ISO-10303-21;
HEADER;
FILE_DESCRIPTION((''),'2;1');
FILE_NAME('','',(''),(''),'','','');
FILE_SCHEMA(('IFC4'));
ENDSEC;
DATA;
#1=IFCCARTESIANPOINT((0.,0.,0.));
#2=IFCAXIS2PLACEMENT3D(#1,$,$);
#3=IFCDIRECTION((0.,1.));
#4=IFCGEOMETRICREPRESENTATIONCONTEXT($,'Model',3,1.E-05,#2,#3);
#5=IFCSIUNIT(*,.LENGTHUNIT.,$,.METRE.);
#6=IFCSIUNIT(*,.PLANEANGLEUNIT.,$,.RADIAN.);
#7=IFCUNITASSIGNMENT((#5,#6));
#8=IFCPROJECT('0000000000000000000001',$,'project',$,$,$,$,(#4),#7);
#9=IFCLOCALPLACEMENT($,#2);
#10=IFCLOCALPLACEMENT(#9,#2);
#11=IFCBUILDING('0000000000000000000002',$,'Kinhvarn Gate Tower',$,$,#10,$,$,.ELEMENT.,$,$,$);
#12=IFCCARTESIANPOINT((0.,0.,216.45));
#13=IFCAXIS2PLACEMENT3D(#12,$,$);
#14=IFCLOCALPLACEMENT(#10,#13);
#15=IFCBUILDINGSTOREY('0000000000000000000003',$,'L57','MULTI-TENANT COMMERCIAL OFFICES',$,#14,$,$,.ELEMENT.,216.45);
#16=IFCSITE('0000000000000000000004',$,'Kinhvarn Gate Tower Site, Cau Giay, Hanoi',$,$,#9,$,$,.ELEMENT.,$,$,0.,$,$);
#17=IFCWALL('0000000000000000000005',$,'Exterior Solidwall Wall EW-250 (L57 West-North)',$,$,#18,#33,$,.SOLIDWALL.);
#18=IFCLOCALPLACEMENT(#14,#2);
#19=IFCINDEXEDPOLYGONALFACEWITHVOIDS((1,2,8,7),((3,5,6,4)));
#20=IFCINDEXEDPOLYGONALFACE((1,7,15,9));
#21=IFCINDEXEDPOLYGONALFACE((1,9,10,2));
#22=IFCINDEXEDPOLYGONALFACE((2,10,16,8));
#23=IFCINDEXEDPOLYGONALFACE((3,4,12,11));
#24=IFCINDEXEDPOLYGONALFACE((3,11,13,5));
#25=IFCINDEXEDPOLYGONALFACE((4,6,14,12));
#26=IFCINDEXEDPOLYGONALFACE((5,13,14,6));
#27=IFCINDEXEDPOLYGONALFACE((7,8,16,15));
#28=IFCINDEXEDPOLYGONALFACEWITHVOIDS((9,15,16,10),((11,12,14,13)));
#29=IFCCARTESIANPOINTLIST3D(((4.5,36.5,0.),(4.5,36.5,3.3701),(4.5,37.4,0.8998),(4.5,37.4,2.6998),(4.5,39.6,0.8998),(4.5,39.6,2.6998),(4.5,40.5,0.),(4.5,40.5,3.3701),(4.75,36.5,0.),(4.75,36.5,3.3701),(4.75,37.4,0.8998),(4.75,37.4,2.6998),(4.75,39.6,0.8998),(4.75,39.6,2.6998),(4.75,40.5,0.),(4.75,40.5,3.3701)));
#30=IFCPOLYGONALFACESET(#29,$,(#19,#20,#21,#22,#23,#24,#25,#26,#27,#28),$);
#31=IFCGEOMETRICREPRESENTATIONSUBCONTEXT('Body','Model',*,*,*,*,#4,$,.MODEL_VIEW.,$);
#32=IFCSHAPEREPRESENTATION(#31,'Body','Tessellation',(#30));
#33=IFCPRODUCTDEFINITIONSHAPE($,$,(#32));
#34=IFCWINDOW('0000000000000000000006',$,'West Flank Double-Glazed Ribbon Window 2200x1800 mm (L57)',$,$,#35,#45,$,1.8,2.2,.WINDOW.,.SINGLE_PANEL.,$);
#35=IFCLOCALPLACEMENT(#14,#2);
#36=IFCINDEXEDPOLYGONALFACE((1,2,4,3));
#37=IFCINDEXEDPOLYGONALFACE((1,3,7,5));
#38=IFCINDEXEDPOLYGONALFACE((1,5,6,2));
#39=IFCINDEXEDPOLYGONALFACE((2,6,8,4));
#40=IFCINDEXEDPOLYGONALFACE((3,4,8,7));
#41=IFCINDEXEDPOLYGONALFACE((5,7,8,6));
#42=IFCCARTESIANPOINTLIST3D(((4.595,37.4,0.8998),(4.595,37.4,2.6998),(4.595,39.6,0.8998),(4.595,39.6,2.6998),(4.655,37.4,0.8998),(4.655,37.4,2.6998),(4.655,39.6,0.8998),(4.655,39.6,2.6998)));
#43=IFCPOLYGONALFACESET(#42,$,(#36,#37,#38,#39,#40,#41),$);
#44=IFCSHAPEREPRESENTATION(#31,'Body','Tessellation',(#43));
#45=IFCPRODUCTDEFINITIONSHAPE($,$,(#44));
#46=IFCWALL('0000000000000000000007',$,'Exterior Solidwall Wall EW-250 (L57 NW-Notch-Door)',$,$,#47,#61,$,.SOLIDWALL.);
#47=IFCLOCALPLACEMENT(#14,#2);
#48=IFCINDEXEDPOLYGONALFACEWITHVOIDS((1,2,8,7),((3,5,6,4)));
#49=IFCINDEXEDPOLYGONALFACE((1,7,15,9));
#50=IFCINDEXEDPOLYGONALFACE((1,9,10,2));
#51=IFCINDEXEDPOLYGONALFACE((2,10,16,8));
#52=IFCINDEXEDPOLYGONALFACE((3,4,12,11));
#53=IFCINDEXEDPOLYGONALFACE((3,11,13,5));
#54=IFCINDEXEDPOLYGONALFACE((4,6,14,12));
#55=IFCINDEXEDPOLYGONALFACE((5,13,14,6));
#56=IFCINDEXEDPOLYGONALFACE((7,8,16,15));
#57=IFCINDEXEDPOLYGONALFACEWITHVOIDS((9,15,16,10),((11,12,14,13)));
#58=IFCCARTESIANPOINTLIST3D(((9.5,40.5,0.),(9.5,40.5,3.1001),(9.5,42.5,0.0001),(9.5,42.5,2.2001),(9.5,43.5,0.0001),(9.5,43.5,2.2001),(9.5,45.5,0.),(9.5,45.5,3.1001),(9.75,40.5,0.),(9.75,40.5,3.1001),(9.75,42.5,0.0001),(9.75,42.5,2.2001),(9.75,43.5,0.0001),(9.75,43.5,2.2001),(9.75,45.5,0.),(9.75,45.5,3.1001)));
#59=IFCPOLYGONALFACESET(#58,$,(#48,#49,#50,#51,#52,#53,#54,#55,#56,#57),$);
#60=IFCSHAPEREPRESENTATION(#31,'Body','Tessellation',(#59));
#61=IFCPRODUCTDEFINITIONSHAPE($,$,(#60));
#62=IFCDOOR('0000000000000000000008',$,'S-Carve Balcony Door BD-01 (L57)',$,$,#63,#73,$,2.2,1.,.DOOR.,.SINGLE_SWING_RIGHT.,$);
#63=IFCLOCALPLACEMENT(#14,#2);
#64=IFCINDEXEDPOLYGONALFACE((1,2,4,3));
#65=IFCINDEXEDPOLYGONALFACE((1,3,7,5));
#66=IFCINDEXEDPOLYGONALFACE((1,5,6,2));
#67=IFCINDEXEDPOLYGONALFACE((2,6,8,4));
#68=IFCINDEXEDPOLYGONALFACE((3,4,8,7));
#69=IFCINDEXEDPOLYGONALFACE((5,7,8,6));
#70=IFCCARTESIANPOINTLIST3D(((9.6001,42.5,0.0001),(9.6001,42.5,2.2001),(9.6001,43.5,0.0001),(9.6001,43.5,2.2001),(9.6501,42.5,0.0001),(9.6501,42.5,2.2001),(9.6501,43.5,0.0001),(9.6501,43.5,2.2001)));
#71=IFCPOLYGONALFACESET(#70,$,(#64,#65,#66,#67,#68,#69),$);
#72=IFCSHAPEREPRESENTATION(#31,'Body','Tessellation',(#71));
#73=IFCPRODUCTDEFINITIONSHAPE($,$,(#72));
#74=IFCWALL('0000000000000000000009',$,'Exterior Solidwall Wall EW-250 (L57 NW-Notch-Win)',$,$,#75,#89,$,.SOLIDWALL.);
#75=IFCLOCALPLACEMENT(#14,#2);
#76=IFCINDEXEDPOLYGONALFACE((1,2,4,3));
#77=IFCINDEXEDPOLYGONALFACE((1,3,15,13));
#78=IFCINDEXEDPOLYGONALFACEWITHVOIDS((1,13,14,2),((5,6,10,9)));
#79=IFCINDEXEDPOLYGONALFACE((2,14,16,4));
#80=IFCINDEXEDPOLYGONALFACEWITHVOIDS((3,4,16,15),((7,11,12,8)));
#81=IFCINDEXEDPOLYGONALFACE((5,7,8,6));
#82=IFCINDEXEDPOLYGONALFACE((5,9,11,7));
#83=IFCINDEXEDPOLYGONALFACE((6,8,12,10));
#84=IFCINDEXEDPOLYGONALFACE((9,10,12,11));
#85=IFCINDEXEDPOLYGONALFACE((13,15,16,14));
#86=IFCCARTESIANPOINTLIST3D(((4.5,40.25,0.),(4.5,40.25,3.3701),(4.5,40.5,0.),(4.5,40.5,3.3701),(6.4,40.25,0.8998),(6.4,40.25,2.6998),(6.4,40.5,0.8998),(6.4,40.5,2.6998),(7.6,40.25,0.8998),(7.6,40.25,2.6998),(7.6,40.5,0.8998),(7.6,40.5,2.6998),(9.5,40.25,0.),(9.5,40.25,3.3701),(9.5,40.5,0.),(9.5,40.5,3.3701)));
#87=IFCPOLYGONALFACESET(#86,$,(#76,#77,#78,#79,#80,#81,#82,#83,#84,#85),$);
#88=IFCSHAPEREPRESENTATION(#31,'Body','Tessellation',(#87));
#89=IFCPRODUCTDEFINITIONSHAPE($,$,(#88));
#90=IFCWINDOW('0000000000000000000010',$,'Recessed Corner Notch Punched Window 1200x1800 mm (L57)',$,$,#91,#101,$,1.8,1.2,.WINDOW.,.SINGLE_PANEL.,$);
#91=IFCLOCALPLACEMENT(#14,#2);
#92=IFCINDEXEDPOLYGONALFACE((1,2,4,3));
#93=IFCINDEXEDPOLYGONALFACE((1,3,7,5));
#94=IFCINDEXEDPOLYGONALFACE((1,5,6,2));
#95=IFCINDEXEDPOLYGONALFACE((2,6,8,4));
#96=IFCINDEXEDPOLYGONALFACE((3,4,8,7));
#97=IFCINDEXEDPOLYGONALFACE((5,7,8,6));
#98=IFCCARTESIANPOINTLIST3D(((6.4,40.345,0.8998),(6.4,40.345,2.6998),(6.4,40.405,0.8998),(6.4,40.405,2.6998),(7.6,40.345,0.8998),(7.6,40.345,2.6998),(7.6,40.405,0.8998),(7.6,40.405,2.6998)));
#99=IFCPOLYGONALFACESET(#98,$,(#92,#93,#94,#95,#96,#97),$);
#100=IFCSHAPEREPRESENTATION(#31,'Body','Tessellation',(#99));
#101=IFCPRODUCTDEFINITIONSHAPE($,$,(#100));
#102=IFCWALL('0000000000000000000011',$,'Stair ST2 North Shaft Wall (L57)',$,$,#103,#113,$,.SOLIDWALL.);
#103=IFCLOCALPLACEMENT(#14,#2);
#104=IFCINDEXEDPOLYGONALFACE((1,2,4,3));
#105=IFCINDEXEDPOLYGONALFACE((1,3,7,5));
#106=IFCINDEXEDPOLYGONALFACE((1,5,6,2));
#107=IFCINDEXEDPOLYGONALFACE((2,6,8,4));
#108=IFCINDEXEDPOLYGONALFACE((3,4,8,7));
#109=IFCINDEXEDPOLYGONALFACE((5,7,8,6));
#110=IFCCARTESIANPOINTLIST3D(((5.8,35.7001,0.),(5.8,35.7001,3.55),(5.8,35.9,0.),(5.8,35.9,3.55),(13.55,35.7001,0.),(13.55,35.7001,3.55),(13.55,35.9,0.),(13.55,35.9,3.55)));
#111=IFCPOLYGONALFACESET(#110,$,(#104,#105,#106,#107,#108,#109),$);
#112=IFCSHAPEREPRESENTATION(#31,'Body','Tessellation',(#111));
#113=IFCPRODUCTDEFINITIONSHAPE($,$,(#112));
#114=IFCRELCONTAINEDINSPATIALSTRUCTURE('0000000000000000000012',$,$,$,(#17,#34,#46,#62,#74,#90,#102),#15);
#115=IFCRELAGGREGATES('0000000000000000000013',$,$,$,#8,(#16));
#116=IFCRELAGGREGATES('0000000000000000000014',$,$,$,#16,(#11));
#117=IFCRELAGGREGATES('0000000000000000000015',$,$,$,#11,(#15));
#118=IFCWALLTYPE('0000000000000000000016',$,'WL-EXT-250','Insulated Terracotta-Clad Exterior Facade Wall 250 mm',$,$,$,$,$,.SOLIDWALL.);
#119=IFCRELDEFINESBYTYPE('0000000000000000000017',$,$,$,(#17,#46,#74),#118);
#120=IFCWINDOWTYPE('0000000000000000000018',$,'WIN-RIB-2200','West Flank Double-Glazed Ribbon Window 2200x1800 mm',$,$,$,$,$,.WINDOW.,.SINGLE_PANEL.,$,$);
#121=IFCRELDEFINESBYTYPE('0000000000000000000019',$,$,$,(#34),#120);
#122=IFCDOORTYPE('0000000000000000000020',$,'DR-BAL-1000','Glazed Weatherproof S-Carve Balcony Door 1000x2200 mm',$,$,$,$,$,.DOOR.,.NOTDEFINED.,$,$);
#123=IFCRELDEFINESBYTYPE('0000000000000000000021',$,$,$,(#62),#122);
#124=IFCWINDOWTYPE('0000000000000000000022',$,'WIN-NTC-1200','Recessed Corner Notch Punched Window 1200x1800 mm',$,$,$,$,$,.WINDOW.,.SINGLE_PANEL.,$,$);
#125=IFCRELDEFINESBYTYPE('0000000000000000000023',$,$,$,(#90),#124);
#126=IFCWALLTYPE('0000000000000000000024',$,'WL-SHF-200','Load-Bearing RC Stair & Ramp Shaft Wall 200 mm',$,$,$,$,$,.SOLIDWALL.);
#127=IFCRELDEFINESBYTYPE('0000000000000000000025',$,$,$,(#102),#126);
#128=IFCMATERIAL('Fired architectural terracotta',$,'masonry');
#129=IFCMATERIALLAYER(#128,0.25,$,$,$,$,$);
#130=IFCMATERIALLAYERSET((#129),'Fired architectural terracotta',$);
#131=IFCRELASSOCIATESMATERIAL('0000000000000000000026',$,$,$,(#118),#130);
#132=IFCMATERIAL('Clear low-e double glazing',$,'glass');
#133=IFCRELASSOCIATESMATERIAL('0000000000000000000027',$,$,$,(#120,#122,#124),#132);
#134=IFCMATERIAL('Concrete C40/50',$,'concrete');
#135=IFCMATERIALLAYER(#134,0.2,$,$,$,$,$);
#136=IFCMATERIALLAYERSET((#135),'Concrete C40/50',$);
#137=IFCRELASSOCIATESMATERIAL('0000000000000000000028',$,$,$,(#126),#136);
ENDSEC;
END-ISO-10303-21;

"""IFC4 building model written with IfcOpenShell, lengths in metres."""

from ifc_helpers import new_model, si_unit, direction, frame, frame_2d, origin, place, context, subcontext, project, spatial, rectangle, extrude, material, layer, layer_set, type_object, element, fill, save


model = new_model("IFC4")

# Units and contexts
model_context = context("Model", 3, precision=1e-05, world=origin(), true_north=direction((0.0, 1.0)))
body_context = subcontext(model_context, "Body", "Model", "MODEL_VIEW")
ifc_project = project(units=[si_unit("LENGTHUNIT", "METRE"), si_unit("PLANEANGLEUNIT", "RADIAN")], contexts=[model_context])

# Site, building, storey
site_placement = place(None, origin())
site = spatial("IfcSite", under=ifc_project, at=site_placement, Name="Kinhvarn Gate Tower Site, Cau Giay, Hanoi", CompositionType="ELEMENT", RefElevation=0.0)
building_placement = place(site_placement, origin())
building = spatial("IfcBuilding", under=site, at=building_placement, Name="Kinhvarn Gate Tower", CompositionType="ELEMENT")
storey_placement = place(building_placement, frame((0.0, 0.0, 216.45)))
storey = spatial("IfcBuildingStorey", under=building, at=storey_placement, Name="L57", Description="MULTI-TENANT COMMERCIAL OFFICES", CompositionType="ELEMENT", Elevation=216.45)

# Wall, opening, window
ifc_material_1 = material(Name="Fired architectural terracotta", Category="masonry")
ifc_layer_1 = layer(ifc_material_1, 0.25)
ifc_layer_set_1 = layer_set([ifc_layer_1], Name="Fired architectural terracotta")
wall_type_1 = type_object("IfcWallType", Name="WL-EXT-250", Description="Insulated Terracotta-Clad Exterior Facade Wall 250 mm", PredefinedType="SOLIDWALL", material=ifc_layer_set_1)
wall_1_placement = place(storey_placement, frame((4.625, 40.5, 0.0), z_axis=(0.0, 0.0, 1.0), x_axis=(0.0, -1.0, 0.0)))
wall_1 = element("IfcWall", 1, at=wall_1_placement, inside=storey, type_object=wall_type_1, Name="Exterior Solidwall Wall EW-250 (L57 West-North)", PredefinedType="SOLIDWALL", context=body_context, shape_type="SweptSolid", body=[
    extrude(rectangle(XDim=4.0, YDim=0.25, at=frame_2d((2.0, 0.0))), origin(), (0.0, 0.0, 1.0), 3.3701),
])
opening_1_placement = place(wall_1_placement, frame((0.8999, 0.0, 0.8999)))
opening_1 = element("IfcOpeningElement", 2, at=opening_1_placement, cuts=wall_1, PredefinedType="OPENING", context=body_context, shape_type="SweptSolid", body=[
    extrude(rectangle(XDim=2.2, YDim=1.8, at=frame_2d((1.1001, 0.8999))), frame((0.0, 0.135, 0.0), z_axis=(0.0, -1.0, 0.0), x_axis=(1.0, 0.0, 0.0)), (0.0, 0.0, 1.0), 0.27),
])
ifc_material_2 = material(Name="Clear low-e double glazing", Category="glass")
window_type_1 = type_object("IfcWindowType", Name="WIN-RIB-2200", Description="West Flank Double-Glazed Ribbon Window 2200x1800 mm", PartitioningType="SINGLE_PANEL", PredefinedType="WINDOW", material=ifc_material_2)
window_1_placement = place(opening_1_placement, origin())
window_1 = element("IfcWindow", 3, at=window_1_placement, inside=storey, type_object=window_type_1, Name="West Flank Double-Glazed Ribbon Window 2200x1800 mm (L57)", OverallHeight=1.8, OverallWidth=2.2, PartitioningType="SINGLE_PANEL", PredefinedType="WINDOW", context=body_context, shape_type="SweptSolid", body=[
    extrude(rectangle(XDim=2.2, YDim=1.8, at=frame_2d((1.1001, 0.8999))), frame((0.0, 0.03, 0.0), z_axis=(0.0, -1.0, 0.0), x_axis=(1.0, 0.0, 0.0)), (0.0, 0.0, 1.0), 0.0601),
])
fill(opening_1, window_1)

# Wall, opening, door
wall_2_placement = place(storey_placement, frame((9.625, 45.5, 0.0), z_axis=(0.0, 0.0, 1.0), x_axis=(0.0, -1.0, 0.0)))
wall_2 = element("IfcWall", 4, at=wall_2_placement, inside=storey, type_object=wall_type_1, Name="Exterior Solidwall Wall EW-250 (L57 NW-Notch-Door)", PredefinedType="SOLIDWALL", context=body_context, shape_type="SweptSolid", body=[
    extrude(rectangle(XDim=5.0, YDim=0.25, at=frame_2d((2.5, 0.0))), origin(), (0.0, 0.0, 1.0), 3.1001),
])
opening_2_placement = place(wall_2_placement, frame((2.0, 0.0, 0.0)))
opening_2 = element("IfcOpeningElement", 5, at=opening_2_placement, cuts=wall_2, PredefinedType="OPENING", context=body_context, shape_type="SweptSolid", body=[
    extrude(rectangle(XDim=1.0, YDim=2.2, at=frame_2d((0.5, 1.1001))), frame((0.0, 0.135, 0.0), z_axis=(0.0, -1.0, 0.0), x_axis=(1.0, 0.0, 0.0)), (0.0, 0.0, 1.0), 0.27),
])
door_type = type_object("IfcDoorType", Name="DR-BAL-1000", Description="Glazed Weatherproof S-Carve Balcony Door 1000x2200 mm", OperationType="NOTDEFINED", PredefinedType="DOOR", material=ifc_material_2)
door_placement = place(opening_2_placement, frame((1.0, 0.0, 0.0), z_axis=(0.0, 0.0, 1.0), x_axis=(-1.0, 0.0, 0.0)))
door = element("IfcDoor", 6, at=door_placement, inside=storey, type_object=door_type, Name="S-Carve Balcony Door BD-01 (L57)", OperationType="SINGLE_SWING_RIGHT", OverallHeight=2.2, OverallWidth=1.0, PredefinedType="DOOR", context=body_context, shape_type="SweptSolid", body=[
    extrude(rectangle(XDim=1.0, YDim=2.2, at=frame_2d((0.5, 1.1001))), frame((0.0, 0.0249, 0.0), z_axis=(0.0, -1.0, 0.0), x_axis=(1.0, 0.0, 0.0)), (0.0, 0.0, 1.0), 0.05),
])
fill(opening_2, door)

# Wall, opening, window
wall_3_placement = place(storey_placement, frame((9.5, 40.375, 0.0), z_axis=(0.0, 0.0, 1.0), x_axis=(-1.0, 0.0, 0.0)))
wall_3 = element("IfcWall", 7, at=wall_3_placement, inside=storey, type_object=wall_type_1, Name="Exterior Solidwall Wall EW-250 (L57 NW-Notch-Win)", PredefinedType="SOLIDWALL", context=body_context, shape_type="SweptSolid", body=[
    extrude(rectangle(XDim=5.0, YDim=0.25, at=frame_2d((2.5, 0.0))), origin(), (0.0, 0.0, 1.0), 3.3701),
])
opening_3_placement = place(wall_3_placement, frame((1.8999, 0.0, 0.8999)))
opening_3 = element("IfcOpeningElement", 8, at=opening_3_placement, cuts=wall_3, PredefinedType="OPENING", context=body_context, shape_type="SweptSolid", body=[
    extrude(rectangle(XDim=1.2, YDim=1.8, at=frame_2d((0.6001, 0.8999))), frame((0.0, 0.135, 0.0), z_axis=(0.0, -1.0, 0.0), x_axis=(1.0, 0.0, 0.0)), (0.0, 0.0, 1.0), 0.27),
])
window_type_2 = type_object("IfcWindowType", Name="WIN-NTC-1200", Description="Recessed Corner Notch Punched Window 1200x1800 mm", PartitioningType="SINGLE_PANEL", PredefinedType="WINDOW", material=ifc_material_2)
window_2_placement = place(opening_3_placement, origin())
window_2 = element("IfcWindow", 9, at=window_2_placement, inside=storey, type_object=window_type_2, Name="Recessed Corner Notch Punched Window 1200x1800 mm (L57)", OverallHeight=1.8, OverallWidth=1.2, PartitioningType="SINGLE_PANEL", PredefinedType="WINDOW", context=body_context, shape_type="SweptSolid", body=[
    extrude(rectangle(XDim=1.2, YDim=1.8, at=frame_2d((0.6001, 0.8999))), frame((0.0, 0.03, 0.0), z_axis=(0.0, -1.0, 0.0), x_axis=(1.0, 0.0, 0.0)), (0.0, 0.0, 1.0), 0.0601),
])
fill(opening_3, window_2)

# Wall
ifc_material_3 = material(Name="Concrete C40/50", Category="concrete")
ifc_layer_2 = layer(ifc_material_3, 0.2)
ifc_layer_set_2 = layer_set([ifc_layer_2], Name="Concrete C40/50")
wall_type_2 = type_object("IfcWallType", Name="WL-SHF-200", Description="Load-Bearing RC Stair & Ramp Shaft Wall 200 mm", PredefinedType="SOLIDWALL", material=ifc_layer_set_2)
wall_4_placement = place(storey_placement, frame((5.8, 35.8, 0.0), z_axis=(0.0, 0.0, 1.0), x_axis=(1.0, 0.0, 0.0)))
element("IfcWall", 10, at=wall_4_placement, inside=storey, type_object=wall_type_2, Name="Stair ST2 North Shaft Wall (L57)", PredefinedType="SOLIDWALL", context=body_context, shape_type="SweptSolid", body=[
    extrude(rectangle(XDim=7.75, YDim=0.2, at=frame_2d((3.875, 0.0))), origin(), (0.0, 0.0, 1.0), 3.55),
])

save(model, "model.ifc")
